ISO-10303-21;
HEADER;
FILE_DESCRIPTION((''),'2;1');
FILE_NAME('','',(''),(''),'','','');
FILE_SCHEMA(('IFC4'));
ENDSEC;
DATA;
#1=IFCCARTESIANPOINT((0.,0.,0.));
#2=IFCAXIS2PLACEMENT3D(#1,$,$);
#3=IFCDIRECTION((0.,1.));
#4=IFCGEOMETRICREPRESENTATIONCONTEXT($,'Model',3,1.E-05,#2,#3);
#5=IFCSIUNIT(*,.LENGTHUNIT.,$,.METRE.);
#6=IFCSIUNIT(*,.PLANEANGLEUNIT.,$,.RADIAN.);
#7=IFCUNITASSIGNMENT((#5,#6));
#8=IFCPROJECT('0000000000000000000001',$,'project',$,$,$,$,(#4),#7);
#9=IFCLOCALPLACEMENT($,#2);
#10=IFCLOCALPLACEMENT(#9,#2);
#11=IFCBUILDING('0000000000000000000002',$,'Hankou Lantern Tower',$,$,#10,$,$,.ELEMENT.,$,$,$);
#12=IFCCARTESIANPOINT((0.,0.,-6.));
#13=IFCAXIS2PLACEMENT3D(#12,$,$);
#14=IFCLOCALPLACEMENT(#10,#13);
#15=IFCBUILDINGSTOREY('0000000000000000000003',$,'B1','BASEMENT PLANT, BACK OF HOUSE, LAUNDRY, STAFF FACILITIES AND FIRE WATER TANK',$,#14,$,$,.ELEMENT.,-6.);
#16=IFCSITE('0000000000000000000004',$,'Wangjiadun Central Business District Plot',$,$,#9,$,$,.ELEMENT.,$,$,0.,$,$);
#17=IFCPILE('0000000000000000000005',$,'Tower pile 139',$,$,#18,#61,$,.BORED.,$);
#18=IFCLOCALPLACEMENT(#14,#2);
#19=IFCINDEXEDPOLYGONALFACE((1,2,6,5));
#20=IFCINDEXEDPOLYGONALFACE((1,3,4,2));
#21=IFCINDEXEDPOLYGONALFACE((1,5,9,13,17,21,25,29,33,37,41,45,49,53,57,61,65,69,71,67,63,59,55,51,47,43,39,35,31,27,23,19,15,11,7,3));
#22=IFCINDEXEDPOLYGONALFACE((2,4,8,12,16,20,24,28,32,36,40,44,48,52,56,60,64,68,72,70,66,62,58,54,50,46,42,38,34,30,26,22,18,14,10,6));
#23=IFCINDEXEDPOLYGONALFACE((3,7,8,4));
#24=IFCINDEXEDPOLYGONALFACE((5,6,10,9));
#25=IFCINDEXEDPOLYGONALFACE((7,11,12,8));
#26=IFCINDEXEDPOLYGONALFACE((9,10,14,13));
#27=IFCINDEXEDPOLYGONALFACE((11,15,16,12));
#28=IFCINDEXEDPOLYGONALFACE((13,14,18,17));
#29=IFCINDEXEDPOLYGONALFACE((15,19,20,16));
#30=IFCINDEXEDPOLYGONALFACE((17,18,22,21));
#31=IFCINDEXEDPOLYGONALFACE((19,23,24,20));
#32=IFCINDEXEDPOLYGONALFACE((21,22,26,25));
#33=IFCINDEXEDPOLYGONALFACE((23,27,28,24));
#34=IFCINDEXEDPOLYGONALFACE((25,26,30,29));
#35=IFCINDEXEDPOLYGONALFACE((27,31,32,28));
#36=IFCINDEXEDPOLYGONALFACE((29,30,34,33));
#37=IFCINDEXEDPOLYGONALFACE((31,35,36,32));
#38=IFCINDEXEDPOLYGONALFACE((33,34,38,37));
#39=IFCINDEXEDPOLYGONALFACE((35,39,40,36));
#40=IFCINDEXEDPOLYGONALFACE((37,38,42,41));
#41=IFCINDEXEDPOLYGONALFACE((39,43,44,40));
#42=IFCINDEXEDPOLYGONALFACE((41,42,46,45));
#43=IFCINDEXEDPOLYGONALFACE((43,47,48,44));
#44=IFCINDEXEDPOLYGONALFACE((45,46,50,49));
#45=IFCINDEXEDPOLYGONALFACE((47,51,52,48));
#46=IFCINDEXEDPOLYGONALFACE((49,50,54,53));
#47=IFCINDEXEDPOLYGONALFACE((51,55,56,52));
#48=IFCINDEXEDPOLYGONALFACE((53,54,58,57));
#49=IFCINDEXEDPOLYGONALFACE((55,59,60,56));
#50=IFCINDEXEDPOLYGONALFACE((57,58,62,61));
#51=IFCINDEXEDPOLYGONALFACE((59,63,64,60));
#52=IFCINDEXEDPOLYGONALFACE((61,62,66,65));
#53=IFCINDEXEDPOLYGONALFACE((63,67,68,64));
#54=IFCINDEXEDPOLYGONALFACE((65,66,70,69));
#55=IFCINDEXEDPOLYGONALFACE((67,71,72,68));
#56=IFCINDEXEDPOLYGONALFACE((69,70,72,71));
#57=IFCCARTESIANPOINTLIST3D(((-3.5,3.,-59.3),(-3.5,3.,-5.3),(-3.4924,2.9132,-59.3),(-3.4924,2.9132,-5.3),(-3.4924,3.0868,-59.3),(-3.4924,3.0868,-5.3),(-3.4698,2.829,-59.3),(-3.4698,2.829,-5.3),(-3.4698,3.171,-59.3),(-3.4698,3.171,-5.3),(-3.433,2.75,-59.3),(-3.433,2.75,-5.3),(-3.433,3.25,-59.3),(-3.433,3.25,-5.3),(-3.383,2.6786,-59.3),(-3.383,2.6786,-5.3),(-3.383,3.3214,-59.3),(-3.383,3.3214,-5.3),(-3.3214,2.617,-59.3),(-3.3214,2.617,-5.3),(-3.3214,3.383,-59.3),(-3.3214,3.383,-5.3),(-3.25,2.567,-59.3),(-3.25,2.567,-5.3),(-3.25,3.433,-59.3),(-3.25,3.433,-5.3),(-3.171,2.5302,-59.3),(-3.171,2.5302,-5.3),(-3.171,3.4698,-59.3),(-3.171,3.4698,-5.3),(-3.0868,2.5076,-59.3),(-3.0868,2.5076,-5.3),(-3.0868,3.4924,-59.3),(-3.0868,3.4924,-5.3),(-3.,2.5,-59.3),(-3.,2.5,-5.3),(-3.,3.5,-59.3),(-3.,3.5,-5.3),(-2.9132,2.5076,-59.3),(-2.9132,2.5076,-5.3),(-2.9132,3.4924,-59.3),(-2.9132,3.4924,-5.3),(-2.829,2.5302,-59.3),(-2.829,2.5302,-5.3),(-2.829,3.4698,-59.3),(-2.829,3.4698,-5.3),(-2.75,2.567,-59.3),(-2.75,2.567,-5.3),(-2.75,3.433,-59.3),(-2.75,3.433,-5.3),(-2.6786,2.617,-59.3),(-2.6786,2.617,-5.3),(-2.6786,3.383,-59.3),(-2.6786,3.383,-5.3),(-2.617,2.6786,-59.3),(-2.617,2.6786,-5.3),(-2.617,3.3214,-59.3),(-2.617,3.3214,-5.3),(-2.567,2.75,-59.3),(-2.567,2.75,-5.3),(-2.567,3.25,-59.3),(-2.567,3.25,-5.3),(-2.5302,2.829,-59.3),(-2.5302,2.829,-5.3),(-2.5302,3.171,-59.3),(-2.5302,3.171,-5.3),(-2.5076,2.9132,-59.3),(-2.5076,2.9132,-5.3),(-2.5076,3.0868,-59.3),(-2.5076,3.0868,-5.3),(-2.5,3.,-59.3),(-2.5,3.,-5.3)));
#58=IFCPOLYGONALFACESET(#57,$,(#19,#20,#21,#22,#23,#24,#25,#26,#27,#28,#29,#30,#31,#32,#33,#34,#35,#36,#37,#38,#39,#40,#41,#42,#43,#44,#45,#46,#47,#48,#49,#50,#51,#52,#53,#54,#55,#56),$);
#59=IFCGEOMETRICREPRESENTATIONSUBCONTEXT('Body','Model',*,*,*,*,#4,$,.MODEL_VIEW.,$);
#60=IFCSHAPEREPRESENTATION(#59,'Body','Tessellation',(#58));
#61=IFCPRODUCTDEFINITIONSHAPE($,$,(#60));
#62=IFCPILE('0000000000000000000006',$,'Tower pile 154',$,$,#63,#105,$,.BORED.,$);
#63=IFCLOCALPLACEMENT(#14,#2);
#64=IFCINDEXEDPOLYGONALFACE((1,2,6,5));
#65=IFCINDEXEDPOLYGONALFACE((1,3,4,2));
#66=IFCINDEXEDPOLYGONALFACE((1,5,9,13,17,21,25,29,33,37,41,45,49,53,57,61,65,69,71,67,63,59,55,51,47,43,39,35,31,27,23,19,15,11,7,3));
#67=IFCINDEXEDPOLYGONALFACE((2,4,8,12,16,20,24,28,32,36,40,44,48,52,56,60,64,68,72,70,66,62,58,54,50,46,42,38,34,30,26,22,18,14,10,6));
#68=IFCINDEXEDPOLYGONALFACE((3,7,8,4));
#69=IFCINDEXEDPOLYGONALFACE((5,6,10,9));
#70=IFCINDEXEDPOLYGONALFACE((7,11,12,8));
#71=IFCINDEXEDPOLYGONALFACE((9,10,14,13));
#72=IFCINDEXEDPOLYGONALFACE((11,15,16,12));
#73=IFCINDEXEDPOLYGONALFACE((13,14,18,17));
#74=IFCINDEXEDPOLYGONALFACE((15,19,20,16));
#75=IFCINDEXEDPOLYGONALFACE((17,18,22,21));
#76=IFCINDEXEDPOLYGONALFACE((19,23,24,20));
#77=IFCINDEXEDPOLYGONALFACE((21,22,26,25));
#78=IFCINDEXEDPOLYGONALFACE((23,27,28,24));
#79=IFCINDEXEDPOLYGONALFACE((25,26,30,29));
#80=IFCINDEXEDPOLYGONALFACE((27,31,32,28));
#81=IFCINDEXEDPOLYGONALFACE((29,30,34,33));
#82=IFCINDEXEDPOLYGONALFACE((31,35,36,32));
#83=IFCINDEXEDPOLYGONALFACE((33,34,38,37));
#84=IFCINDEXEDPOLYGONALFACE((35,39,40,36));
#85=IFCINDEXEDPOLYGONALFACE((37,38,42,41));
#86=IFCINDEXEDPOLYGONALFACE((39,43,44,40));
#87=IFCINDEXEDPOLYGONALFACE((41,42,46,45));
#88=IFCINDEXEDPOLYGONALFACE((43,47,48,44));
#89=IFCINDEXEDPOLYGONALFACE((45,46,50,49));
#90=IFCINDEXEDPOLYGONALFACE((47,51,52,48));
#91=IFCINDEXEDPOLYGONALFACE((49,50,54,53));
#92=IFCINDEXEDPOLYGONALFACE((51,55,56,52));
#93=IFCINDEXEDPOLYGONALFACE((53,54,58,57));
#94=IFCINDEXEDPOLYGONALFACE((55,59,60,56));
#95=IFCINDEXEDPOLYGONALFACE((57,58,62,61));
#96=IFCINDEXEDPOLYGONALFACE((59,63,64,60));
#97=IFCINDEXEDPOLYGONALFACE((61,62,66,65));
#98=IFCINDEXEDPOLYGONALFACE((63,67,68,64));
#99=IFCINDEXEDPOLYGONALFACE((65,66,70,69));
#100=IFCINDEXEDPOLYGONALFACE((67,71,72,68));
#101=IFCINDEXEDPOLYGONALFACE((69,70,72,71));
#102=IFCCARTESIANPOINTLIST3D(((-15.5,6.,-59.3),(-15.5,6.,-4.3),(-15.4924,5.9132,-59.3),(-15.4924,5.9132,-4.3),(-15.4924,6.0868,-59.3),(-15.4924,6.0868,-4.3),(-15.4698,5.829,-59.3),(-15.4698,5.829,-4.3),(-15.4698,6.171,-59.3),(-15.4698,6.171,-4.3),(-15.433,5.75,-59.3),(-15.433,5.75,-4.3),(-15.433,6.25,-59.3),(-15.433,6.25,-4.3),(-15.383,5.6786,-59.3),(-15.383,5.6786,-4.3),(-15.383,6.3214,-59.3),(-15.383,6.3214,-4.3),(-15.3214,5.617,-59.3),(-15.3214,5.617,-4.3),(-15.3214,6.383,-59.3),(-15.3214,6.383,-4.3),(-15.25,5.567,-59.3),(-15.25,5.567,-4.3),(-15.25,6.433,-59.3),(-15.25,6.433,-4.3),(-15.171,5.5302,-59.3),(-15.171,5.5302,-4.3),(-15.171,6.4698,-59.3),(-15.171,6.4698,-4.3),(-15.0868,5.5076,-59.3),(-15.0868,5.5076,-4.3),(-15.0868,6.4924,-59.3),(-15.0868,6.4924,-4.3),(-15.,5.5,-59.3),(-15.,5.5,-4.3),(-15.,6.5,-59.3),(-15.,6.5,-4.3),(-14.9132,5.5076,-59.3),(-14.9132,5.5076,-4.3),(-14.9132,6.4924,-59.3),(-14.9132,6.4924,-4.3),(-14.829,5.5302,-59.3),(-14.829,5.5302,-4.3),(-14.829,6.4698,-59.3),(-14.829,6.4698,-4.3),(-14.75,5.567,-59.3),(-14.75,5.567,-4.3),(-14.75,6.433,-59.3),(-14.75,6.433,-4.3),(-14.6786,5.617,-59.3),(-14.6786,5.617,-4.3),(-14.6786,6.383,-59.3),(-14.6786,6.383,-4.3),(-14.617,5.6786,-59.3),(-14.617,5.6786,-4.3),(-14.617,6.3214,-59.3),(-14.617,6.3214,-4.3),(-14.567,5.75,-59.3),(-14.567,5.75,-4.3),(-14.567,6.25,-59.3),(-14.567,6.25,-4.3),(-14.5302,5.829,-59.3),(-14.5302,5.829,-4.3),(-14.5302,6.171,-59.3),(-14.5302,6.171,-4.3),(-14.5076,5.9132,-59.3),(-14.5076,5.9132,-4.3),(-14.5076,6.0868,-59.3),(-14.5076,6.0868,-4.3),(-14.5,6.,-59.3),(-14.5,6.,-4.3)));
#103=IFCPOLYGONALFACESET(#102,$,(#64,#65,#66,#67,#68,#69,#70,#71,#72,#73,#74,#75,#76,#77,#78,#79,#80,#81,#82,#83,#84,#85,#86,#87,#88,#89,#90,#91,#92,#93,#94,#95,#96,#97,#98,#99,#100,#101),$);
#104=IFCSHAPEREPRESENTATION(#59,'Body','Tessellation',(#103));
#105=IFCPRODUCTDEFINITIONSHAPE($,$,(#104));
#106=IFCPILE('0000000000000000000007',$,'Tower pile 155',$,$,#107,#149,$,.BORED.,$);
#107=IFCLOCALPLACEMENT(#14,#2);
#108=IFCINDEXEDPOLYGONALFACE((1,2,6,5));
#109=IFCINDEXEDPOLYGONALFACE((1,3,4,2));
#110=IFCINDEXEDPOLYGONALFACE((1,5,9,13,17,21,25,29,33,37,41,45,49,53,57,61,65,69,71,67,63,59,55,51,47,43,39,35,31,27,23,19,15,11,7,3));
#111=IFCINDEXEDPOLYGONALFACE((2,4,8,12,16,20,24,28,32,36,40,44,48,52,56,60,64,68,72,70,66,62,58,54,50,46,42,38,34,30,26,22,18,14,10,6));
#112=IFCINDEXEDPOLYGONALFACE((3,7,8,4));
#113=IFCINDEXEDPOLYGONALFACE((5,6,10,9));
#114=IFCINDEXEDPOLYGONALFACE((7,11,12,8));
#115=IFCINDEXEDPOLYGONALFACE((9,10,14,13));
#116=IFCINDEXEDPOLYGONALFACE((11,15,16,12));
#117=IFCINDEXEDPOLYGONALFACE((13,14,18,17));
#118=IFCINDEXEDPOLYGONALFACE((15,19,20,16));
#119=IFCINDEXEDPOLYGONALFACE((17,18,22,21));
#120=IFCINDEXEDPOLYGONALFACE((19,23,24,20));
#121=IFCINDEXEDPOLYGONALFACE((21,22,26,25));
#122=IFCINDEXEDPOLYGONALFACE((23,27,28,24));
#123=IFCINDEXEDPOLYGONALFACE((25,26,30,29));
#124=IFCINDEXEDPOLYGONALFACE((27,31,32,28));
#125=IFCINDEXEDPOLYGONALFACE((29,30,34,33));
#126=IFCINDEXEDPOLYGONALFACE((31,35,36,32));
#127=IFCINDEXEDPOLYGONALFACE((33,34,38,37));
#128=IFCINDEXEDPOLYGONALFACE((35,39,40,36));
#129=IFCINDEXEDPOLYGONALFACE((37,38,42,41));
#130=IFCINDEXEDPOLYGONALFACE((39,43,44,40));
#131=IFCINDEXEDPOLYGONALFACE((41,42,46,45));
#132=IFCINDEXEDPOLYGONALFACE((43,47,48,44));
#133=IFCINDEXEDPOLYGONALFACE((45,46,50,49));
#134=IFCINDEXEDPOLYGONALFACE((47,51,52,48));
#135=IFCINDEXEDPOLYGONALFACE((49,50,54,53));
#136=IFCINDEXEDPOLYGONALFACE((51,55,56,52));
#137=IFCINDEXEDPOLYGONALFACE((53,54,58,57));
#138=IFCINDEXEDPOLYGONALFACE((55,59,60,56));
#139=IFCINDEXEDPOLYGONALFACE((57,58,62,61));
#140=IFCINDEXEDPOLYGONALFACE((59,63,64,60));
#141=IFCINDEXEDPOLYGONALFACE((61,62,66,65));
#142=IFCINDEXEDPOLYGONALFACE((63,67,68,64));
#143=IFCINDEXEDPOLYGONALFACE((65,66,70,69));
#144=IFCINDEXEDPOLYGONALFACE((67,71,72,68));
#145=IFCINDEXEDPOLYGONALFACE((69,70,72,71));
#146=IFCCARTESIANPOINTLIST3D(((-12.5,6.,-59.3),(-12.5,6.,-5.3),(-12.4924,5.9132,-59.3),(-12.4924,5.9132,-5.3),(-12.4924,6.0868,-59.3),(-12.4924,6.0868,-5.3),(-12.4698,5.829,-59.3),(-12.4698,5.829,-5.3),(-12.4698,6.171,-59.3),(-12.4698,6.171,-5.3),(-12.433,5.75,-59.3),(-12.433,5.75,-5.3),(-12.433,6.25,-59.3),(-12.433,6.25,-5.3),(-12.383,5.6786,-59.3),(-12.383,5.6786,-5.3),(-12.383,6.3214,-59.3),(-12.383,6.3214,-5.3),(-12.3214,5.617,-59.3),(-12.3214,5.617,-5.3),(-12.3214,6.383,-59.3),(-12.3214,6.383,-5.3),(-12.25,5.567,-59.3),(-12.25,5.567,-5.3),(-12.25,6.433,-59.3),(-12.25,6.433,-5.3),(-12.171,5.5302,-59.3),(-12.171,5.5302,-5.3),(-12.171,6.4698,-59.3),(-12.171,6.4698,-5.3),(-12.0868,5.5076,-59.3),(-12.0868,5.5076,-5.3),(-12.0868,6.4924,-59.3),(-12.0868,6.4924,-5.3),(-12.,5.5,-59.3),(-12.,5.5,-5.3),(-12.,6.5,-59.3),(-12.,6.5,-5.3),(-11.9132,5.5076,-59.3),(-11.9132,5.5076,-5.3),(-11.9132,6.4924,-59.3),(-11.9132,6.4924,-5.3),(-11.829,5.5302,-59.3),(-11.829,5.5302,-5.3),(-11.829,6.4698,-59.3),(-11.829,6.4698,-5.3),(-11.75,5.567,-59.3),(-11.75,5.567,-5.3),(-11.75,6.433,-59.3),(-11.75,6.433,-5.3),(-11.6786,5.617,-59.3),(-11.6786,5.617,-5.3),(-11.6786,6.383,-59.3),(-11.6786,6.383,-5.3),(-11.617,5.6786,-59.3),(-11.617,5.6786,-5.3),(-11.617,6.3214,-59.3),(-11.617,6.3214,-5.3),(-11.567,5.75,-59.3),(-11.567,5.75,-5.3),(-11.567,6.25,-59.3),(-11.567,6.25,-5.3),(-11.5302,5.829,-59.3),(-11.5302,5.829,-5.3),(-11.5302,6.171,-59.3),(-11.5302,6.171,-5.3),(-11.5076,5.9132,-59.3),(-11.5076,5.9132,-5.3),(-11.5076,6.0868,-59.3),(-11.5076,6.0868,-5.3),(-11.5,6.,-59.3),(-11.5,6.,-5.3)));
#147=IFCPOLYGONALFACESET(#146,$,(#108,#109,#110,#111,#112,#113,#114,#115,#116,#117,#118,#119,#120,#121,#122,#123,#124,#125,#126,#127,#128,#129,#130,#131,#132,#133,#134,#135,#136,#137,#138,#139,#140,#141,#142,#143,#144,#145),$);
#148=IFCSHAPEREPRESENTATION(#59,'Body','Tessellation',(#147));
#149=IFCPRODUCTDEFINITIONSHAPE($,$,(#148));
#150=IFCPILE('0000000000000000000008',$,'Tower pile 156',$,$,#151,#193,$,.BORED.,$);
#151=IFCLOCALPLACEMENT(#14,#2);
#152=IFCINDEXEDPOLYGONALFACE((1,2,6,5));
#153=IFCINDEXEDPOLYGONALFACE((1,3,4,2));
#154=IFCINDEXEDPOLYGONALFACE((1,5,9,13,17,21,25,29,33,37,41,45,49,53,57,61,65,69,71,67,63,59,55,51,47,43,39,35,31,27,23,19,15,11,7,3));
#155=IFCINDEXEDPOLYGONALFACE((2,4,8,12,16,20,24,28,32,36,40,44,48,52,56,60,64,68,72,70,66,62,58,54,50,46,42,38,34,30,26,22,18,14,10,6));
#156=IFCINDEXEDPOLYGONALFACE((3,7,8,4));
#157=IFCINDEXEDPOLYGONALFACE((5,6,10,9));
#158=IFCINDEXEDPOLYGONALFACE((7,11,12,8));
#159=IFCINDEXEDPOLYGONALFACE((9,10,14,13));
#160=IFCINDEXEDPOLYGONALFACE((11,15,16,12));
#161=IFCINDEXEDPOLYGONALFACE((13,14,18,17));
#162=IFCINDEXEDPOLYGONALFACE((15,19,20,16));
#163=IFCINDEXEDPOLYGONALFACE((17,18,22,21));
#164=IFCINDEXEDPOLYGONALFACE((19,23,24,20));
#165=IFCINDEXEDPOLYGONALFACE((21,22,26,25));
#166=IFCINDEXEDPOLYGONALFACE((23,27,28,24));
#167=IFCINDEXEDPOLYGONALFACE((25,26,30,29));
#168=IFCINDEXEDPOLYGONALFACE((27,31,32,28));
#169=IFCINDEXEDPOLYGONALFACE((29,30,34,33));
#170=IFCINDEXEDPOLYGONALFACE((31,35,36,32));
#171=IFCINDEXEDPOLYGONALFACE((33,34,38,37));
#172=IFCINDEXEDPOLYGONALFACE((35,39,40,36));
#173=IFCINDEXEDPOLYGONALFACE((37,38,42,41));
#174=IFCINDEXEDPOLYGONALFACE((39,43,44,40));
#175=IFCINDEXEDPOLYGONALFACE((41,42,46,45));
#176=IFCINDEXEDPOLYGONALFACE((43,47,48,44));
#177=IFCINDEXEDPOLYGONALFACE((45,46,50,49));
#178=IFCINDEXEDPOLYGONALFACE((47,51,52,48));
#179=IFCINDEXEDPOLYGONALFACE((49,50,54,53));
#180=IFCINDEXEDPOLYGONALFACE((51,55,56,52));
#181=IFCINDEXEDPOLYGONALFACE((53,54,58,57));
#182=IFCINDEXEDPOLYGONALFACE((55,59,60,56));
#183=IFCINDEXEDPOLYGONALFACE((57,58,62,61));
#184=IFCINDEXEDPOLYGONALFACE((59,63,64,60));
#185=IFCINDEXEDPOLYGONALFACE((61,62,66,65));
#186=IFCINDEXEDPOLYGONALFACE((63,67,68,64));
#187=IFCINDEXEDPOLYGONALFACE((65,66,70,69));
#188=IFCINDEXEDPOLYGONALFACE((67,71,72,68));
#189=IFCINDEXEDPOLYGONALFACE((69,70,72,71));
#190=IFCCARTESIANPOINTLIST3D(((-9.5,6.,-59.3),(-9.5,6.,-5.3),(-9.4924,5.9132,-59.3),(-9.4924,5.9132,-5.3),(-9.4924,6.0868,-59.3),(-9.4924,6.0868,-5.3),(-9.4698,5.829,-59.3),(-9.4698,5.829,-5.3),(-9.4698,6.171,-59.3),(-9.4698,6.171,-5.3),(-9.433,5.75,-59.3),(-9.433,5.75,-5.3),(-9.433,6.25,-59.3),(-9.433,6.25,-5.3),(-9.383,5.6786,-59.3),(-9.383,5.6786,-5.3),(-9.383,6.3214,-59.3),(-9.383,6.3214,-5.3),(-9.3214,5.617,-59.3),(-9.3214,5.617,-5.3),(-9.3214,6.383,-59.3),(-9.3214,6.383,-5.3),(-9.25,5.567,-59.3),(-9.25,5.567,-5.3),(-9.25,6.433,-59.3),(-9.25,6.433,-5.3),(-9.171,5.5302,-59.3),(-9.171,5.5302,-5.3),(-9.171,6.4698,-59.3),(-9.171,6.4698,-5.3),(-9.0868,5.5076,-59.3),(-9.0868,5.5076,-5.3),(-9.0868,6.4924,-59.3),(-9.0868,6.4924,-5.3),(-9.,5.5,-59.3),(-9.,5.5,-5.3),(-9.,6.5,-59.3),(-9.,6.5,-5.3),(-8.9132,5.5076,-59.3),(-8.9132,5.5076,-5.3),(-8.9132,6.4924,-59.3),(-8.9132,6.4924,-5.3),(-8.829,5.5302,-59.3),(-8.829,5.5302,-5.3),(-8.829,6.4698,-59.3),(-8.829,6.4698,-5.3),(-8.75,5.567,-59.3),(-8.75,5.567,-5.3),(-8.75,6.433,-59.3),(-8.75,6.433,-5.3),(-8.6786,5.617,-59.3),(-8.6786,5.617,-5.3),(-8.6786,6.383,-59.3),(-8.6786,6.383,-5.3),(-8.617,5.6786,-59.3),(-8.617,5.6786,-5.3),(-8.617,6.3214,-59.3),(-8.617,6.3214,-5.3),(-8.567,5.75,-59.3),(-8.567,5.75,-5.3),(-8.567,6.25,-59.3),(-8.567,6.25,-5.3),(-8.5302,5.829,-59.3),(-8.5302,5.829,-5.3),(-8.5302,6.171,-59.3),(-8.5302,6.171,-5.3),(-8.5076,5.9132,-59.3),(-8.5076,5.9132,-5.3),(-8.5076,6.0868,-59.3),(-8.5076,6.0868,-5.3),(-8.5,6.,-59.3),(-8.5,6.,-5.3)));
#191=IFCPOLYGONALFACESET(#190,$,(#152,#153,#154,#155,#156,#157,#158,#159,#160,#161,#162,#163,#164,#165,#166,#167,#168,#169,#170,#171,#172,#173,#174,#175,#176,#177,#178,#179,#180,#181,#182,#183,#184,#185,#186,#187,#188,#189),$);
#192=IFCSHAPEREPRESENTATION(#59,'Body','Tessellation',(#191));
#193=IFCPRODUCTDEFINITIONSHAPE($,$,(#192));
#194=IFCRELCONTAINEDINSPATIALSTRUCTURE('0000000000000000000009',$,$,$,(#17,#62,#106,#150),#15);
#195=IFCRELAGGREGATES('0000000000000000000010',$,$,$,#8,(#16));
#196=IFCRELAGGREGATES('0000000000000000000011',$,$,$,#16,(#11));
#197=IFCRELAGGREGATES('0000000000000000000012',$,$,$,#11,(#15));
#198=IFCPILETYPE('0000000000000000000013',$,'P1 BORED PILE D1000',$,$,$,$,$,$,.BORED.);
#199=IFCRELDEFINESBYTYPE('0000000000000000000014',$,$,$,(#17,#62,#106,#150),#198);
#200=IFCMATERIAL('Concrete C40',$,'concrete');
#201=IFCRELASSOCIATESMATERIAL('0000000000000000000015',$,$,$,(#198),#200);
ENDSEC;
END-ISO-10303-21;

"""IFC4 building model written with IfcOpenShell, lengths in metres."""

from ifc_helpers import new_model, si_unit, direction, frame, origin, origin_2d, place, context, subcontext, project, spatial, circle, extrude, material, material_profile, profile_set, type_object, element, save


model = new_model("IFC4")

# Units and contexts
model_context = context("Model", 3, precision=1e-05, world=origin(), true_north=direction((0.0, 1.0)))
body_context = subcontext(model_context, "Body", "Model", "MODEL_VIEW")
ifc_project = project(units=[si_unit("LENGTHUNIT", "METRE"), si_unit("PLANEANGLEUNIT", "RADIAN")], contexts=[model_context])

# Site, building, storey
site_placement = place(None, origin())
site = spatial("IfcSite", under=ifc_project, at=site_placement, Name="Wangjiadun Central Business District Plot", CompositionType="ELEMENT", RefElevation=0.0)
building_placement = place(site_placement, origin())
building = spatial("IfcBuilding", under=site, at=building_placement, Name="Hankou Lantern Tower", CompositionType="ELEMENT")
storey_placement = place(building_placement, frame((0.0, 0.0, -6.0)))
storey = spatial("IfcBuildingStorey", under=building, at=storey_placement, Name="B1", Description="BASEMENT PLANT, BACK OF HOUSE, LAUNDRY, STAFF FACILITIES AND FIRE WATER TANK", CompositionType="ELEMENT", Elevation=-6.0)

# Piles
ifc_material_1 = material(Name="Concrete C40", Category="concrete")
ifc_material_profile_1 = material_profile(ifc_material_1, circle(Radius=0.5, at=origin_2d()), Name="RC D1000")
ifc_profile_set_1 = profile_set([ifc_material_profile_1], Name="Concrete C40")
pile_type = type_object("IfcPileType", Name="P1 BORED PILE D1000", PredefinedType="BORED", material=ifc_profile_set_1)
for number, where, z_axis, x_axis, name in (
    (1, (-3.0, 3.0, -5.3), (0.0, 0.0, -1.0), (1.0, 0.0, 0.0), "Tower pile 139"),
):
    element("IfcPile", number, at=place(storey_placement, frame(where, z_axis=z_axis, x_axis=x_axis)), inside=storey, type_object=pile_type, Name=name, PredefinedType="BORED", context=body_context, shape_type="SweptSolid", body=[
        extrude(circle(Radius=0.5, at=origin_2d()), origin(), (0.0, 0.0, 1.0), 54.0),
    ])
pile_1_placement = place(storey_placement, frame((-15.0, 6.0, -4.3), z_axis=(0.0, 0.0, -1.0), x_axis=(1.0, 0.0, 0.0)))
element("IfcPile", 2, at=pile_1_placement, inside=storey, type_object=pile_type, Name="Tower pile 154", PredefinedType="BORED", context=body_context, shape_type="SweptSolid", body=[
    extrude(circle(Radius=0.5, at=origin_2d()), origin(), (0.0, 0.0, 1.0), 55.0),
])
for number, where, z_axis, x_axis, name in (
    (3, (-12.0, 6.0, -5.3), (0.0, 0.0, -1.0), (1.0, 0.0, 0.0), "Tower pile 155"),
    (4, (-9.0, 6.0, -5.3), (0.0, 0.0, -1.0), (1.0, 0.0, 0.0), "Tower pile 156"),
):
    element("IfcPile", number, at=place(storey_placement, frame(where, z_axis=z_axis, x_axis=x_axis)), inside=storey, type_object=pile_type, Name=name, PredefinedType="BORED", context=body_context, shape_type="SweptSolid", body=[
        extrude(circle(Radius=0.5, at=origin_2d()), origin(), (0.0, 0.0, 1.0), 54.0),
    ])

save(model, "model.ifc")
